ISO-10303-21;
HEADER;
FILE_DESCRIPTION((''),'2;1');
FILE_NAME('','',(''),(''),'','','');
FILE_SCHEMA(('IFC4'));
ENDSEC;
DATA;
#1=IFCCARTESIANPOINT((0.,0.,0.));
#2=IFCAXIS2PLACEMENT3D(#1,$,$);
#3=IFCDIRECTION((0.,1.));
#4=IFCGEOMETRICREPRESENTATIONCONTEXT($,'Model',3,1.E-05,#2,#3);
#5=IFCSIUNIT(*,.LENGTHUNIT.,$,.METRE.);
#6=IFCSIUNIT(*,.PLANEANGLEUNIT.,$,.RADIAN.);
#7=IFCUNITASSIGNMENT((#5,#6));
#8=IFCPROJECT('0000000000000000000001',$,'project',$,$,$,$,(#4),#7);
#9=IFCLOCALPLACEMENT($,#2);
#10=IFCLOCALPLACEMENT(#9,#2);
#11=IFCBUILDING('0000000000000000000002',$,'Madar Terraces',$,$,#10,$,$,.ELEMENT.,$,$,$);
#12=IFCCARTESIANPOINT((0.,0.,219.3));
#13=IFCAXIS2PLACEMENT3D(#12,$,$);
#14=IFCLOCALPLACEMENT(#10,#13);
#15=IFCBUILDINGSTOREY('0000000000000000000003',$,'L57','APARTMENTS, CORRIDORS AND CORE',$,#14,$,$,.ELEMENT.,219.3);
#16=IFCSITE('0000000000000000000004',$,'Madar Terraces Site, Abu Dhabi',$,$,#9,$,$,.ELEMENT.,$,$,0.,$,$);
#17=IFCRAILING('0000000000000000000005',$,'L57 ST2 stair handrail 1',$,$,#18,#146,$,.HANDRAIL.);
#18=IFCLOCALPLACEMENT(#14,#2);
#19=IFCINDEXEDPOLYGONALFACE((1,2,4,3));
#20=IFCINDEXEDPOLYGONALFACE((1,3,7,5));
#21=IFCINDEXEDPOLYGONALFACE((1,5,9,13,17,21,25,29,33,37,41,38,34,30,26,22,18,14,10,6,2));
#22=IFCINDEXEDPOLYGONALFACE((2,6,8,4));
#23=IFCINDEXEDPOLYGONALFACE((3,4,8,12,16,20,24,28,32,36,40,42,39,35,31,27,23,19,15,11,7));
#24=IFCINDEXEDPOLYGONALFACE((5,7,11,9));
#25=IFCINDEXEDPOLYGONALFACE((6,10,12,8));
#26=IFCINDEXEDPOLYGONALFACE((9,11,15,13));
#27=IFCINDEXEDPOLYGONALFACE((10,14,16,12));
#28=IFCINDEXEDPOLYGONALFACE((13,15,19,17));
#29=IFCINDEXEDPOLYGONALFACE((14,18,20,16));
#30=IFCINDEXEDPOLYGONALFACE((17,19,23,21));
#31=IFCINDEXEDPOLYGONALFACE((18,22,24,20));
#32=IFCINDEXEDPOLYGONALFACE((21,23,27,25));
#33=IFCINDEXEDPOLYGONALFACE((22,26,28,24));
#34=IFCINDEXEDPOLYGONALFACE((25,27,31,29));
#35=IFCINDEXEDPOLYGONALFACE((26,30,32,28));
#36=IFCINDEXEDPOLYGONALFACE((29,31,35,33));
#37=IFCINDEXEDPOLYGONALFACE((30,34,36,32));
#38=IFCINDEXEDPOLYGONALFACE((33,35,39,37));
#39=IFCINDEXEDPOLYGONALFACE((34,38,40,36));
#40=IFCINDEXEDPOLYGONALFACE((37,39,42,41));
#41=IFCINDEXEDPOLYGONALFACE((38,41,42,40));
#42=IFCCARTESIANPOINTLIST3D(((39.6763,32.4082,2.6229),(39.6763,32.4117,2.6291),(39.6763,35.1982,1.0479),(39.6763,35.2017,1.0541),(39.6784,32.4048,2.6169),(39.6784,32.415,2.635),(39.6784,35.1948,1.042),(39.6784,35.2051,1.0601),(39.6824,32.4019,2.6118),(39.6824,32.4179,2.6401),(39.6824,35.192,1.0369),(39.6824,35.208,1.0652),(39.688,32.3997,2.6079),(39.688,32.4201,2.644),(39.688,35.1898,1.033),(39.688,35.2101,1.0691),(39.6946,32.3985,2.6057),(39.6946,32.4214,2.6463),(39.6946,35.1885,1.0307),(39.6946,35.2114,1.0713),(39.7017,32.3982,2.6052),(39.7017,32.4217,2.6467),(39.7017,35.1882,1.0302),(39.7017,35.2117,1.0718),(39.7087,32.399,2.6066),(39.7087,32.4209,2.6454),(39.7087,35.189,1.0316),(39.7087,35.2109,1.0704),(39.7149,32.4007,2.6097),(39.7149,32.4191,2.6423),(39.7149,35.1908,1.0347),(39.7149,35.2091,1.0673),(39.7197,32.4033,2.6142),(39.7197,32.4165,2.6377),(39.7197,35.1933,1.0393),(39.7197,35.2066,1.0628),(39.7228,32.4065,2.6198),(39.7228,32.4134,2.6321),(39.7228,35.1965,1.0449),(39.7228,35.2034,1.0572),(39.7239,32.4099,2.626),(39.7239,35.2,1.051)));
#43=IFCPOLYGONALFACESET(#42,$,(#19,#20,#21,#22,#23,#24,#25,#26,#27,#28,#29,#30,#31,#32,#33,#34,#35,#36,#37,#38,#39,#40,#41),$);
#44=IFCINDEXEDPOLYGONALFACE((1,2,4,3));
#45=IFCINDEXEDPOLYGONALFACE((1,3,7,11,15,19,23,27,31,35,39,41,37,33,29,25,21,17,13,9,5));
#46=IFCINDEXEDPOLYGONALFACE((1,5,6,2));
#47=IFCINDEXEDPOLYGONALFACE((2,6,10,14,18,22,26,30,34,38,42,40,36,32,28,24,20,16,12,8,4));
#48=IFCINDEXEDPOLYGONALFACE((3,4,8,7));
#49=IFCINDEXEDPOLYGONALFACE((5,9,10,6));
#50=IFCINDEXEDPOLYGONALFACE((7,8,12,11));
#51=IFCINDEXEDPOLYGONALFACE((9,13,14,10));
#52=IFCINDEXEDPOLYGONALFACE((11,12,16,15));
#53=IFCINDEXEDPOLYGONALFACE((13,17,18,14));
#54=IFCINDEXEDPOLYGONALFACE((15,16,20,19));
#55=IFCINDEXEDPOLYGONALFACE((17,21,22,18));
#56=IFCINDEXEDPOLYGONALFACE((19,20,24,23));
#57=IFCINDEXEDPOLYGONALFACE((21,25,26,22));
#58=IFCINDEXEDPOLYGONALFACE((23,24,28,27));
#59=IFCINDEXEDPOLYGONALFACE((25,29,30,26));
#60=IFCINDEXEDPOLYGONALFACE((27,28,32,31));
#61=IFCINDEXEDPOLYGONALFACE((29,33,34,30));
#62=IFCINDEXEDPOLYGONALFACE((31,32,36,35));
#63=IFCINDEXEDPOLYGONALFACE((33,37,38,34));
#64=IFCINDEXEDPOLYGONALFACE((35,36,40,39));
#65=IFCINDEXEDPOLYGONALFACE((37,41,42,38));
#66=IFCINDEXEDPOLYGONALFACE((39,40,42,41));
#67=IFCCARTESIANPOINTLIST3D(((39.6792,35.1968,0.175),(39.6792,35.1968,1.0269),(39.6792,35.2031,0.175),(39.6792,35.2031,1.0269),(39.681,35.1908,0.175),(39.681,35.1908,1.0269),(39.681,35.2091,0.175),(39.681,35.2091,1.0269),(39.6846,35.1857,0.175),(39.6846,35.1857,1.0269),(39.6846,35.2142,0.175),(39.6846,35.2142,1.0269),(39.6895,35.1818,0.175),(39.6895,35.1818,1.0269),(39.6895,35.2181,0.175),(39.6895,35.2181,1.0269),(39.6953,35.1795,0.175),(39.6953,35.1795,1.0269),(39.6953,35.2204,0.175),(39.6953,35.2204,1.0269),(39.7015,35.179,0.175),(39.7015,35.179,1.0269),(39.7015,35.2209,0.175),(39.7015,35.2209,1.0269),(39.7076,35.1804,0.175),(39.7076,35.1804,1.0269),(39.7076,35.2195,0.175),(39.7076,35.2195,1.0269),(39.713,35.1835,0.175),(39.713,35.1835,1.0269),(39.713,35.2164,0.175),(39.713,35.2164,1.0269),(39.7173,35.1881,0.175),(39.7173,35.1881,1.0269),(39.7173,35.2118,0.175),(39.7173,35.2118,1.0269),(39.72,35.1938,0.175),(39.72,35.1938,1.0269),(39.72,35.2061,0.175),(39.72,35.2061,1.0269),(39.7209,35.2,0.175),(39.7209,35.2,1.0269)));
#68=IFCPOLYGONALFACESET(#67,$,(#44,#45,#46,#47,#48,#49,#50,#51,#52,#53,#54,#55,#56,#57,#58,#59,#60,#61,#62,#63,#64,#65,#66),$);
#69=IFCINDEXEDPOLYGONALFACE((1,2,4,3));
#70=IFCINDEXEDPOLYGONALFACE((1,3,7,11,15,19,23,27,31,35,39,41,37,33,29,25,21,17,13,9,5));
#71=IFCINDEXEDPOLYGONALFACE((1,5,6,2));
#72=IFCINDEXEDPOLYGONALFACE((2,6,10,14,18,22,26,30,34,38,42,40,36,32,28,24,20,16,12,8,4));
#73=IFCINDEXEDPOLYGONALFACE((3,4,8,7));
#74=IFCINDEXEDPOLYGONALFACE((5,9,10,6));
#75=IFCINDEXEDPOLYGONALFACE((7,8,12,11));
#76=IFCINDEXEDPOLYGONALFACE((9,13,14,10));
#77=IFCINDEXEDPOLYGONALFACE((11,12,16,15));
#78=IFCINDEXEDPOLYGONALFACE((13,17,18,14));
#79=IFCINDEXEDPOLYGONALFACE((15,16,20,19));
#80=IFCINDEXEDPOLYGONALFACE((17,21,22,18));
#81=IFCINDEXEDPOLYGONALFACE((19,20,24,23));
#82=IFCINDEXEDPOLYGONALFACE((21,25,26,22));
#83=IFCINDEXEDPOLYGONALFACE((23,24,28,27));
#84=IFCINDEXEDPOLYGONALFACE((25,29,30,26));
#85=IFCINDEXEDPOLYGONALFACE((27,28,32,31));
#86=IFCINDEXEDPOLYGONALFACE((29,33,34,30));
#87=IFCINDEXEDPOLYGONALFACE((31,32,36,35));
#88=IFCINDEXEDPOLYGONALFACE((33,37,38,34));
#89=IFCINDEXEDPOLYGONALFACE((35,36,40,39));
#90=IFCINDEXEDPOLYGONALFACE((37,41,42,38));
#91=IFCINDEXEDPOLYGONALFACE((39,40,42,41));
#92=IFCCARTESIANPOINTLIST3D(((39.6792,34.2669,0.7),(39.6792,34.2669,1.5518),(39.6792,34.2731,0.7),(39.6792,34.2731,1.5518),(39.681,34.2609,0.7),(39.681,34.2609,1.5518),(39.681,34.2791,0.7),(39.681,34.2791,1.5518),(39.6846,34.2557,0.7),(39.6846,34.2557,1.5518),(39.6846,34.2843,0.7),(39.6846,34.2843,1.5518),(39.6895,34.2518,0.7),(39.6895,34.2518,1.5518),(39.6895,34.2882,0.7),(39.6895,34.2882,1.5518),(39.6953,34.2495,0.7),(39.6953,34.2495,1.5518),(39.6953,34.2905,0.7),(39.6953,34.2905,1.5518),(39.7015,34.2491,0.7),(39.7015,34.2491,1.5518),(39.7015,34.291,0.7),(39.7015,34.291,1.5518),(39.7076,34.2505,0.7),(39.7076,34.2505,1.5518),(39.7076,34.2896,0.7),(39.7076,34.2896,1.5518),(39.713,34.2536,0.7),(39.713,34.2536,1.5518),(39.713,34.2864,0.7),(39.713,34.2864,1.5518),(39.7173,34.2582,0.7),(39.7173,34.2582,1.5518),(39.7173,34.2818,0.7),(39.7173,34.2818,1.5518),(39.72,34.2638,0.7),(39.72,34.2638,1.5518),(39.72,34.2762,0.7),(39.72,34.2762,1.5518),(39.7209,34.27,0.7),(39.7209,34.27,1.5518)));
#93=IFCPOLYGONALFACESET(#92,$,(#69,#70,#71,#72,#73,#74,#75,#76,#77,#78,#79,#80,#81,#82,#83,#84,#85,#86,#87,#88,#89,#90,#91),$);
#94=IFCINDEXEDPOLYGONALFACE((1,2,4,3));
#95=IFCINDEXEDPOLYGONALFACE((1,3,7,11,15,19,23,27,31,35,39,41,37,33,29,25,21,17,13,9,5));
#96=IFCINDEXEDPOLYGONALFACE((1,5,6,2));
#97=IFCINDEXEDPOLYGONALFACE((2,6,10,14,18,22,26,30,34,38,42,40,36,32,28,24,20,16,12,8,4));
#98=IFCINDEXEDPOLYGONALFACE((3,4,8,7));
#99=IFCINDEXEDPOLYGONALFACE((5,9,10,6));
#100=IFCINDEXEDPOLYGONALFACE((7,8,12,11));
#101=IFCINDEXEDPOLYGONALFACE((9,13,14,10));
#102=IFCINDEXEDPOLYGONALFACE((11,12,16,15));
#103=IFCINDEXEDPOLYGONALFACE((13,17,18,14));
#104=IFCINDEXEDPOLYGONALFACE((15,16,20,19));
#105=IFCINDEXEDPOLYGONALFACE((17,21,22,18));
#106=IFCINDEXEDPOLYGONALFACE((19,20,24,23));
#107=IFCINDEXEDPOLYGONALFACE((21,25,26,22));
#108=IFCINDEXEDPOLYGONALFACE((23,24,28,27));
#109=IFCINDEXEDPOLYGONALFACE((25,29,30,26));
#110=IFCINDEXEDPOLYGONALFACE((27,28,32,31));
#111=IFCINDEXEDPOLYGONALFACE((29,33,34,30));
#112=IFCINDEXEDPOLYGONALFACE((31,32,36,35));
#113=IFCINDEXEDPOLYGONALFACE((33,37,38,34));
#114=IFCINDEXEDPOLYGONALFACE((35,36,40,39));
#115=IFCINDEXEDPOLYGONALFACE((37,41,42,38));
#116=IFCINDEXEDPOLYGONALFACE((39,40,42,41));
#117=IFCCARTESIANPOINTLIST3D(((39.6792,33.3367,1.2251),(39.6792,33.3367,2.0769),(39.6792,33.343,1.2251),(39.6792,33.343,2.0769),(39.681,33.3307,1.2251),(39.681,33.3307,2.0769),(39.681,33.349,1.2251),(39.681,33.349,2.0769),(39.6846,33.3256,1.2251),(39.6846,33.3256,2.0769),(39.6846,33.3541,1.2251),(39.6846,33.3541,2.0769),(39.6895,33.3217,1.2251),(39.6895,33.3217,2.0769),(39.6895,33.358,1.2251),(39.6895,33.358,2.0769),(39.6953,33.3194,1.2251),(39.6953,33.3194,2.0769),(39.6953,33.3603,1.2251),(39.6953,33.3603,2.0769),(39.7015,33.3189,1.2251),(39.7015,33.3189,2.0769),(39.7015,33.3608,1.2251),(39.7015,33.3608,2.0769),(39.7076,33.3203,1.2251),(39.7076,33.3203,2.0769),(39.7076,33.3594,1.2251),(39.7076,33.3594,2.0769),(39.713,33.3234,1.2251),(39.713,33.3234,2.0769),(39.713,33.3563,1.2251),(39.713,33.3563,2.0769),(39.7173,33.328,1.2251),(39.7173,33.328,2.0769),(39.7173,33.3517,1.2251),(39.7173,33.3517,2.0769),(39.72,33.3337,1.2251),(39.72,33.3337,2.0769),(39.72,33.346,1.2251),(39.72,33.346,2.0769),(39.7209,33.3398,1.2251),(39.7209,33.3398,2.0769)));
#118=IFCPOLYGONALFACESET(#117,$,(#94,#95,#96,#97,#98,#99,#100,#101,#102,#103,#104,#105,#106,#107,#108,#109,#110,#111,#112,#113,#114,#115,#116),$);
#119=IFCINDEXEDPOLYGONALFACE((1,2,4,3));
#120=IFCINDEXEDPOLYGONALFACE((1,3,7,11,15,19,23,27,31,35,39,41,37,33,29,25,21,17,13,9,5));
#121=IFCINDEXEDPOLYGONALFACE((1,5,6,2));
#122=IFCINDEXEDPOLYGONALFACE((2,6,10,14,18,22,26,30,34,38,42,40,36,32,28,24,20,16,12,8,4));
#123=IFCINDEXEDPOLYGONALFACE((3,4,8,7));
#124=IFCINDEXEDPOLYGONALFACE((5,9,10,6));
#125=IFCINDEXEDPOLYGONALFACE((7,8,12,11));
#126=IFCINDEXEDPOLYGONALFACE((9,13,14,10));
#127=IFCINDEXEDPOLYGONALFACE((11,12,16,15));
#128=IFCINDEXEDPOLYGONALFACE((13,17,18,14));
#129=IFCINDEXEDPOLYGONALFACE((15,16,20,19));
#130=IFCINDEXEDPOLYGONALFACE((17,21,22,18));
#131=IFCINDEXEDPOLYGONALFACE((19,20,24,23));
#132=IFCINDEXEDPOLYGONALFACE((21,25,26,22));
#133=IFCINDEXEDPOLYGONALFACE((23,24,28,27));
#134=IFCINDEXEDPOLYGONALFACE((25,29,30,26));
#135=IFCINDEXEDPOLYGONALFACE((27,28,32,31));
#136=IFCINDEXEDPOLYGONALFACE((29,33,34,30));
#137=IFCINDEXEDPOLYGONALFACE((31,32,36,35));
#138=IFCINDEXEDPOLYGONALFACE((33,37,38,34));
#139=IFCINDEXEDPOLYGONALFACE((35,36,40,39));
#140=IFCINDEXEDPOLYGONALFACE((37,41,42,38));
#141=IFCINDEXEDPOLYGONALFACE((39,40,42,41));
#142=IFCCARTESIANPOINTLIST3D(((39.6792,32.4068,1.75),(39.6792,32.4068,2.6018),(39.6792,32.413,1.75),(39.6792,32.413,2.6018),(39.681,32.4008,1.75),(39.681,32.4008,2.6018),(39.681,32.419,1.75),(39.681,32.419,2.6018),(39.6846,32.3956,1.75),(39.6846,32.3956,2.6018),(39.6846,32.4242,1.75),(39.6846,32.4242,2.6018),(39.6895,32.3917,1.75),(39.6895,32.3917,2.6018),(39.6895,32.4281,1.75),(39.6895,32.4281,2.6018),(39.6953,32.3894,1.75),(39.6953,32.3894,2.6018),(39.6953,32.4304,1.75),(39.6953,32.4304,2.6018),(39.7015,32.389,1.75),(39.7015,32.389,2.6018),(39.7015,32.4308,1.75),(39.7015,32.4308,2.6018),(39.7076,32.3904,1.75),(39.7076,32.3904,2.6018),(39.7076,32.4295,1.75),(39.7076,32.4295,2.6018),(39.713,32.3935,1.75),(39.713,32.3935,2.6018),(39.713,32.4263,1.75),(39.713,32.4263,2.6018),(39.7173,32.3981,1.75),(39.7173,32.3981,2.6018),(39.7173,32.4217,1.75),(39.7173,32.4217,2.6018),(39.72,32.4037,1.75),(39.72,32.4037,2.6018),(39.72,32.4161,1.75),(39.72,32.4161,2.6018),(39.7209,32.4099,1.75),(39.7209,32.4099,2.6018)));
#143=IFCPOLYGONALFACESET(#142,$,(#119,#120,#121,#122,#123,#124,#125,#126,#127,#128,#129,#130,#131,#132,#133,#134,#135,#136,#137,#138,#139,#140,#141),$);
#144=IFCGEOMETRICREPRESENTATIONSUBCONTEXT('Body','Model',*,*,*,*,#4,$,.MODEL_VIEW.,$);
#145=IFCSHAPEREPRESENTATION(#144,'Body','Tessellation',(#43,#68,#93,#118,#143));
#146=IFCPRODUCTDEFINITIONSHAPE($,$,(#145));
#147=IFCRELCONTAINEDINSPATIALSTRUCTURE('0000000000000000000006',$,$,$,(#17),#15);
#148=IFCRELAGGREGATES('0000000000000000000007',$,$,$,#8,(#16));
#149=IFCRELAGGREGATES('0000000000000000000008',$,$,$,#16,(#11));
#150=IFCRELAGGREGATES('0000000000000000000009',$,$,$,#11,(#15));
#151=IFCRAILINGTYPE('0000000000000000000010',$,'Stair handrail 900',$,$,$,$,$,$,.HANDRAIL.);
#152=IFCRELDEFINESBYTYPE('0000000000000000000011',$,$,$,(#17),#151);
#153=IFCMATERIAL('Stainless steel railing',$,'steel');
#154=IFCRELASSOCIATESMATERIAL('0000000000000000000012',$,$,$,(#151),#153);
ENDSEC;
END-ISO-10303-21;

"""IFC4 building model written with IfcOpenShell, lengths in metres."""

from ifc_helpers import new_model, si_unit, direction, frame, origin, origin_2d, place, context, subcontext, project, spatial, circle, extrude, material, type_object, element, save


model = new_model("IFC4")

# Units and contexts
model_context = context("Model", 3, precision=1e-05, world=origin(), true_north=direction((0.0, 1.0)))
body_context = subcontext(model_context, "Body", "Model", "MODEL_VIEW")
ifc_project = project(units=[si_unit("LENGTHUNIT", "METRE"), si_unit("PLANEANGLEUNIT", "RADIAN")], contexts=[model_context])

# Site, building, storey
site_placement = place(None, origin())
site = spatial("IfcSite", under=ifc_project, at=site_placement, Name="Madar Terraces Site, Abu Dhabi", CompositionType="ELEMENT", RefElevation=0.0)
building_placement = place(site_placement, origin())
building = spatial("IfcBuilding", under=site, at=building_placement, Name="Madar Terraces", CompositionType="ELEMENT")
storey_placement = place(building_placement, frame((0.0, 0.0, 219.3)))
storey = spatial("IfcBuildingStorey", under=building, at=storey_placement, Name="L57", Description="APARTMENTS, CORRIDORS AND CORE", CompositionType="ELEMENT", Elevation=219.3)

# Railing
ifc_material_1 = material(Name="Stainless steel railing", Category="steel")
railing_type_1 = type_object("IfcRailingType", Name="Stair handrail 900", PredefinedType="HANDRAIL", material=ifc_material_1)
railing_1_placement = place(storey_placement, frame((39.7, 35.2, 0.175)))
element("IfcRailing", 1, at=railing_1_placement, inside=storey, type_object=railing_type_1, Name="L57 ST2 stair handrail 1", PredefinedType="HANDRAIL", context=body_context, shape_type="SweptSolid", body=[
    extrude(circle(Radius=0.0239, at=origin_2d()), frame((0.0, 0.0, 0.876), z_axis=(0.0, -0.870834, 0.491578), x_axis=(1.0, 0.0, 0.0)), (0.0, 0.0, 1.0), 3.2039),
    extrude(circle(Radius=0.021, at=origin_2d()), origin(), (0.0, 0.0, 1.0), 0.8518),
    extrude(circle(Radius=0.021, at=origin_2d()), frame((0.0, -0.9299, 0.5249)), (0.0, 0.0, 1.0), 0.8518),
    extrude(circle(Radius=0.021, at=origin_2d()), frame((0.0, -1.8601, 1.05)), (0.0, 0.0, 1.0), 0.8518),
    extrude(circle(Radius=0.021, at=origin_2d()), frame((0.0, -2.79, 1.575)), (0.0, 0.0, 1.0), 0.8518),
])

save(model, "model.ifc")
